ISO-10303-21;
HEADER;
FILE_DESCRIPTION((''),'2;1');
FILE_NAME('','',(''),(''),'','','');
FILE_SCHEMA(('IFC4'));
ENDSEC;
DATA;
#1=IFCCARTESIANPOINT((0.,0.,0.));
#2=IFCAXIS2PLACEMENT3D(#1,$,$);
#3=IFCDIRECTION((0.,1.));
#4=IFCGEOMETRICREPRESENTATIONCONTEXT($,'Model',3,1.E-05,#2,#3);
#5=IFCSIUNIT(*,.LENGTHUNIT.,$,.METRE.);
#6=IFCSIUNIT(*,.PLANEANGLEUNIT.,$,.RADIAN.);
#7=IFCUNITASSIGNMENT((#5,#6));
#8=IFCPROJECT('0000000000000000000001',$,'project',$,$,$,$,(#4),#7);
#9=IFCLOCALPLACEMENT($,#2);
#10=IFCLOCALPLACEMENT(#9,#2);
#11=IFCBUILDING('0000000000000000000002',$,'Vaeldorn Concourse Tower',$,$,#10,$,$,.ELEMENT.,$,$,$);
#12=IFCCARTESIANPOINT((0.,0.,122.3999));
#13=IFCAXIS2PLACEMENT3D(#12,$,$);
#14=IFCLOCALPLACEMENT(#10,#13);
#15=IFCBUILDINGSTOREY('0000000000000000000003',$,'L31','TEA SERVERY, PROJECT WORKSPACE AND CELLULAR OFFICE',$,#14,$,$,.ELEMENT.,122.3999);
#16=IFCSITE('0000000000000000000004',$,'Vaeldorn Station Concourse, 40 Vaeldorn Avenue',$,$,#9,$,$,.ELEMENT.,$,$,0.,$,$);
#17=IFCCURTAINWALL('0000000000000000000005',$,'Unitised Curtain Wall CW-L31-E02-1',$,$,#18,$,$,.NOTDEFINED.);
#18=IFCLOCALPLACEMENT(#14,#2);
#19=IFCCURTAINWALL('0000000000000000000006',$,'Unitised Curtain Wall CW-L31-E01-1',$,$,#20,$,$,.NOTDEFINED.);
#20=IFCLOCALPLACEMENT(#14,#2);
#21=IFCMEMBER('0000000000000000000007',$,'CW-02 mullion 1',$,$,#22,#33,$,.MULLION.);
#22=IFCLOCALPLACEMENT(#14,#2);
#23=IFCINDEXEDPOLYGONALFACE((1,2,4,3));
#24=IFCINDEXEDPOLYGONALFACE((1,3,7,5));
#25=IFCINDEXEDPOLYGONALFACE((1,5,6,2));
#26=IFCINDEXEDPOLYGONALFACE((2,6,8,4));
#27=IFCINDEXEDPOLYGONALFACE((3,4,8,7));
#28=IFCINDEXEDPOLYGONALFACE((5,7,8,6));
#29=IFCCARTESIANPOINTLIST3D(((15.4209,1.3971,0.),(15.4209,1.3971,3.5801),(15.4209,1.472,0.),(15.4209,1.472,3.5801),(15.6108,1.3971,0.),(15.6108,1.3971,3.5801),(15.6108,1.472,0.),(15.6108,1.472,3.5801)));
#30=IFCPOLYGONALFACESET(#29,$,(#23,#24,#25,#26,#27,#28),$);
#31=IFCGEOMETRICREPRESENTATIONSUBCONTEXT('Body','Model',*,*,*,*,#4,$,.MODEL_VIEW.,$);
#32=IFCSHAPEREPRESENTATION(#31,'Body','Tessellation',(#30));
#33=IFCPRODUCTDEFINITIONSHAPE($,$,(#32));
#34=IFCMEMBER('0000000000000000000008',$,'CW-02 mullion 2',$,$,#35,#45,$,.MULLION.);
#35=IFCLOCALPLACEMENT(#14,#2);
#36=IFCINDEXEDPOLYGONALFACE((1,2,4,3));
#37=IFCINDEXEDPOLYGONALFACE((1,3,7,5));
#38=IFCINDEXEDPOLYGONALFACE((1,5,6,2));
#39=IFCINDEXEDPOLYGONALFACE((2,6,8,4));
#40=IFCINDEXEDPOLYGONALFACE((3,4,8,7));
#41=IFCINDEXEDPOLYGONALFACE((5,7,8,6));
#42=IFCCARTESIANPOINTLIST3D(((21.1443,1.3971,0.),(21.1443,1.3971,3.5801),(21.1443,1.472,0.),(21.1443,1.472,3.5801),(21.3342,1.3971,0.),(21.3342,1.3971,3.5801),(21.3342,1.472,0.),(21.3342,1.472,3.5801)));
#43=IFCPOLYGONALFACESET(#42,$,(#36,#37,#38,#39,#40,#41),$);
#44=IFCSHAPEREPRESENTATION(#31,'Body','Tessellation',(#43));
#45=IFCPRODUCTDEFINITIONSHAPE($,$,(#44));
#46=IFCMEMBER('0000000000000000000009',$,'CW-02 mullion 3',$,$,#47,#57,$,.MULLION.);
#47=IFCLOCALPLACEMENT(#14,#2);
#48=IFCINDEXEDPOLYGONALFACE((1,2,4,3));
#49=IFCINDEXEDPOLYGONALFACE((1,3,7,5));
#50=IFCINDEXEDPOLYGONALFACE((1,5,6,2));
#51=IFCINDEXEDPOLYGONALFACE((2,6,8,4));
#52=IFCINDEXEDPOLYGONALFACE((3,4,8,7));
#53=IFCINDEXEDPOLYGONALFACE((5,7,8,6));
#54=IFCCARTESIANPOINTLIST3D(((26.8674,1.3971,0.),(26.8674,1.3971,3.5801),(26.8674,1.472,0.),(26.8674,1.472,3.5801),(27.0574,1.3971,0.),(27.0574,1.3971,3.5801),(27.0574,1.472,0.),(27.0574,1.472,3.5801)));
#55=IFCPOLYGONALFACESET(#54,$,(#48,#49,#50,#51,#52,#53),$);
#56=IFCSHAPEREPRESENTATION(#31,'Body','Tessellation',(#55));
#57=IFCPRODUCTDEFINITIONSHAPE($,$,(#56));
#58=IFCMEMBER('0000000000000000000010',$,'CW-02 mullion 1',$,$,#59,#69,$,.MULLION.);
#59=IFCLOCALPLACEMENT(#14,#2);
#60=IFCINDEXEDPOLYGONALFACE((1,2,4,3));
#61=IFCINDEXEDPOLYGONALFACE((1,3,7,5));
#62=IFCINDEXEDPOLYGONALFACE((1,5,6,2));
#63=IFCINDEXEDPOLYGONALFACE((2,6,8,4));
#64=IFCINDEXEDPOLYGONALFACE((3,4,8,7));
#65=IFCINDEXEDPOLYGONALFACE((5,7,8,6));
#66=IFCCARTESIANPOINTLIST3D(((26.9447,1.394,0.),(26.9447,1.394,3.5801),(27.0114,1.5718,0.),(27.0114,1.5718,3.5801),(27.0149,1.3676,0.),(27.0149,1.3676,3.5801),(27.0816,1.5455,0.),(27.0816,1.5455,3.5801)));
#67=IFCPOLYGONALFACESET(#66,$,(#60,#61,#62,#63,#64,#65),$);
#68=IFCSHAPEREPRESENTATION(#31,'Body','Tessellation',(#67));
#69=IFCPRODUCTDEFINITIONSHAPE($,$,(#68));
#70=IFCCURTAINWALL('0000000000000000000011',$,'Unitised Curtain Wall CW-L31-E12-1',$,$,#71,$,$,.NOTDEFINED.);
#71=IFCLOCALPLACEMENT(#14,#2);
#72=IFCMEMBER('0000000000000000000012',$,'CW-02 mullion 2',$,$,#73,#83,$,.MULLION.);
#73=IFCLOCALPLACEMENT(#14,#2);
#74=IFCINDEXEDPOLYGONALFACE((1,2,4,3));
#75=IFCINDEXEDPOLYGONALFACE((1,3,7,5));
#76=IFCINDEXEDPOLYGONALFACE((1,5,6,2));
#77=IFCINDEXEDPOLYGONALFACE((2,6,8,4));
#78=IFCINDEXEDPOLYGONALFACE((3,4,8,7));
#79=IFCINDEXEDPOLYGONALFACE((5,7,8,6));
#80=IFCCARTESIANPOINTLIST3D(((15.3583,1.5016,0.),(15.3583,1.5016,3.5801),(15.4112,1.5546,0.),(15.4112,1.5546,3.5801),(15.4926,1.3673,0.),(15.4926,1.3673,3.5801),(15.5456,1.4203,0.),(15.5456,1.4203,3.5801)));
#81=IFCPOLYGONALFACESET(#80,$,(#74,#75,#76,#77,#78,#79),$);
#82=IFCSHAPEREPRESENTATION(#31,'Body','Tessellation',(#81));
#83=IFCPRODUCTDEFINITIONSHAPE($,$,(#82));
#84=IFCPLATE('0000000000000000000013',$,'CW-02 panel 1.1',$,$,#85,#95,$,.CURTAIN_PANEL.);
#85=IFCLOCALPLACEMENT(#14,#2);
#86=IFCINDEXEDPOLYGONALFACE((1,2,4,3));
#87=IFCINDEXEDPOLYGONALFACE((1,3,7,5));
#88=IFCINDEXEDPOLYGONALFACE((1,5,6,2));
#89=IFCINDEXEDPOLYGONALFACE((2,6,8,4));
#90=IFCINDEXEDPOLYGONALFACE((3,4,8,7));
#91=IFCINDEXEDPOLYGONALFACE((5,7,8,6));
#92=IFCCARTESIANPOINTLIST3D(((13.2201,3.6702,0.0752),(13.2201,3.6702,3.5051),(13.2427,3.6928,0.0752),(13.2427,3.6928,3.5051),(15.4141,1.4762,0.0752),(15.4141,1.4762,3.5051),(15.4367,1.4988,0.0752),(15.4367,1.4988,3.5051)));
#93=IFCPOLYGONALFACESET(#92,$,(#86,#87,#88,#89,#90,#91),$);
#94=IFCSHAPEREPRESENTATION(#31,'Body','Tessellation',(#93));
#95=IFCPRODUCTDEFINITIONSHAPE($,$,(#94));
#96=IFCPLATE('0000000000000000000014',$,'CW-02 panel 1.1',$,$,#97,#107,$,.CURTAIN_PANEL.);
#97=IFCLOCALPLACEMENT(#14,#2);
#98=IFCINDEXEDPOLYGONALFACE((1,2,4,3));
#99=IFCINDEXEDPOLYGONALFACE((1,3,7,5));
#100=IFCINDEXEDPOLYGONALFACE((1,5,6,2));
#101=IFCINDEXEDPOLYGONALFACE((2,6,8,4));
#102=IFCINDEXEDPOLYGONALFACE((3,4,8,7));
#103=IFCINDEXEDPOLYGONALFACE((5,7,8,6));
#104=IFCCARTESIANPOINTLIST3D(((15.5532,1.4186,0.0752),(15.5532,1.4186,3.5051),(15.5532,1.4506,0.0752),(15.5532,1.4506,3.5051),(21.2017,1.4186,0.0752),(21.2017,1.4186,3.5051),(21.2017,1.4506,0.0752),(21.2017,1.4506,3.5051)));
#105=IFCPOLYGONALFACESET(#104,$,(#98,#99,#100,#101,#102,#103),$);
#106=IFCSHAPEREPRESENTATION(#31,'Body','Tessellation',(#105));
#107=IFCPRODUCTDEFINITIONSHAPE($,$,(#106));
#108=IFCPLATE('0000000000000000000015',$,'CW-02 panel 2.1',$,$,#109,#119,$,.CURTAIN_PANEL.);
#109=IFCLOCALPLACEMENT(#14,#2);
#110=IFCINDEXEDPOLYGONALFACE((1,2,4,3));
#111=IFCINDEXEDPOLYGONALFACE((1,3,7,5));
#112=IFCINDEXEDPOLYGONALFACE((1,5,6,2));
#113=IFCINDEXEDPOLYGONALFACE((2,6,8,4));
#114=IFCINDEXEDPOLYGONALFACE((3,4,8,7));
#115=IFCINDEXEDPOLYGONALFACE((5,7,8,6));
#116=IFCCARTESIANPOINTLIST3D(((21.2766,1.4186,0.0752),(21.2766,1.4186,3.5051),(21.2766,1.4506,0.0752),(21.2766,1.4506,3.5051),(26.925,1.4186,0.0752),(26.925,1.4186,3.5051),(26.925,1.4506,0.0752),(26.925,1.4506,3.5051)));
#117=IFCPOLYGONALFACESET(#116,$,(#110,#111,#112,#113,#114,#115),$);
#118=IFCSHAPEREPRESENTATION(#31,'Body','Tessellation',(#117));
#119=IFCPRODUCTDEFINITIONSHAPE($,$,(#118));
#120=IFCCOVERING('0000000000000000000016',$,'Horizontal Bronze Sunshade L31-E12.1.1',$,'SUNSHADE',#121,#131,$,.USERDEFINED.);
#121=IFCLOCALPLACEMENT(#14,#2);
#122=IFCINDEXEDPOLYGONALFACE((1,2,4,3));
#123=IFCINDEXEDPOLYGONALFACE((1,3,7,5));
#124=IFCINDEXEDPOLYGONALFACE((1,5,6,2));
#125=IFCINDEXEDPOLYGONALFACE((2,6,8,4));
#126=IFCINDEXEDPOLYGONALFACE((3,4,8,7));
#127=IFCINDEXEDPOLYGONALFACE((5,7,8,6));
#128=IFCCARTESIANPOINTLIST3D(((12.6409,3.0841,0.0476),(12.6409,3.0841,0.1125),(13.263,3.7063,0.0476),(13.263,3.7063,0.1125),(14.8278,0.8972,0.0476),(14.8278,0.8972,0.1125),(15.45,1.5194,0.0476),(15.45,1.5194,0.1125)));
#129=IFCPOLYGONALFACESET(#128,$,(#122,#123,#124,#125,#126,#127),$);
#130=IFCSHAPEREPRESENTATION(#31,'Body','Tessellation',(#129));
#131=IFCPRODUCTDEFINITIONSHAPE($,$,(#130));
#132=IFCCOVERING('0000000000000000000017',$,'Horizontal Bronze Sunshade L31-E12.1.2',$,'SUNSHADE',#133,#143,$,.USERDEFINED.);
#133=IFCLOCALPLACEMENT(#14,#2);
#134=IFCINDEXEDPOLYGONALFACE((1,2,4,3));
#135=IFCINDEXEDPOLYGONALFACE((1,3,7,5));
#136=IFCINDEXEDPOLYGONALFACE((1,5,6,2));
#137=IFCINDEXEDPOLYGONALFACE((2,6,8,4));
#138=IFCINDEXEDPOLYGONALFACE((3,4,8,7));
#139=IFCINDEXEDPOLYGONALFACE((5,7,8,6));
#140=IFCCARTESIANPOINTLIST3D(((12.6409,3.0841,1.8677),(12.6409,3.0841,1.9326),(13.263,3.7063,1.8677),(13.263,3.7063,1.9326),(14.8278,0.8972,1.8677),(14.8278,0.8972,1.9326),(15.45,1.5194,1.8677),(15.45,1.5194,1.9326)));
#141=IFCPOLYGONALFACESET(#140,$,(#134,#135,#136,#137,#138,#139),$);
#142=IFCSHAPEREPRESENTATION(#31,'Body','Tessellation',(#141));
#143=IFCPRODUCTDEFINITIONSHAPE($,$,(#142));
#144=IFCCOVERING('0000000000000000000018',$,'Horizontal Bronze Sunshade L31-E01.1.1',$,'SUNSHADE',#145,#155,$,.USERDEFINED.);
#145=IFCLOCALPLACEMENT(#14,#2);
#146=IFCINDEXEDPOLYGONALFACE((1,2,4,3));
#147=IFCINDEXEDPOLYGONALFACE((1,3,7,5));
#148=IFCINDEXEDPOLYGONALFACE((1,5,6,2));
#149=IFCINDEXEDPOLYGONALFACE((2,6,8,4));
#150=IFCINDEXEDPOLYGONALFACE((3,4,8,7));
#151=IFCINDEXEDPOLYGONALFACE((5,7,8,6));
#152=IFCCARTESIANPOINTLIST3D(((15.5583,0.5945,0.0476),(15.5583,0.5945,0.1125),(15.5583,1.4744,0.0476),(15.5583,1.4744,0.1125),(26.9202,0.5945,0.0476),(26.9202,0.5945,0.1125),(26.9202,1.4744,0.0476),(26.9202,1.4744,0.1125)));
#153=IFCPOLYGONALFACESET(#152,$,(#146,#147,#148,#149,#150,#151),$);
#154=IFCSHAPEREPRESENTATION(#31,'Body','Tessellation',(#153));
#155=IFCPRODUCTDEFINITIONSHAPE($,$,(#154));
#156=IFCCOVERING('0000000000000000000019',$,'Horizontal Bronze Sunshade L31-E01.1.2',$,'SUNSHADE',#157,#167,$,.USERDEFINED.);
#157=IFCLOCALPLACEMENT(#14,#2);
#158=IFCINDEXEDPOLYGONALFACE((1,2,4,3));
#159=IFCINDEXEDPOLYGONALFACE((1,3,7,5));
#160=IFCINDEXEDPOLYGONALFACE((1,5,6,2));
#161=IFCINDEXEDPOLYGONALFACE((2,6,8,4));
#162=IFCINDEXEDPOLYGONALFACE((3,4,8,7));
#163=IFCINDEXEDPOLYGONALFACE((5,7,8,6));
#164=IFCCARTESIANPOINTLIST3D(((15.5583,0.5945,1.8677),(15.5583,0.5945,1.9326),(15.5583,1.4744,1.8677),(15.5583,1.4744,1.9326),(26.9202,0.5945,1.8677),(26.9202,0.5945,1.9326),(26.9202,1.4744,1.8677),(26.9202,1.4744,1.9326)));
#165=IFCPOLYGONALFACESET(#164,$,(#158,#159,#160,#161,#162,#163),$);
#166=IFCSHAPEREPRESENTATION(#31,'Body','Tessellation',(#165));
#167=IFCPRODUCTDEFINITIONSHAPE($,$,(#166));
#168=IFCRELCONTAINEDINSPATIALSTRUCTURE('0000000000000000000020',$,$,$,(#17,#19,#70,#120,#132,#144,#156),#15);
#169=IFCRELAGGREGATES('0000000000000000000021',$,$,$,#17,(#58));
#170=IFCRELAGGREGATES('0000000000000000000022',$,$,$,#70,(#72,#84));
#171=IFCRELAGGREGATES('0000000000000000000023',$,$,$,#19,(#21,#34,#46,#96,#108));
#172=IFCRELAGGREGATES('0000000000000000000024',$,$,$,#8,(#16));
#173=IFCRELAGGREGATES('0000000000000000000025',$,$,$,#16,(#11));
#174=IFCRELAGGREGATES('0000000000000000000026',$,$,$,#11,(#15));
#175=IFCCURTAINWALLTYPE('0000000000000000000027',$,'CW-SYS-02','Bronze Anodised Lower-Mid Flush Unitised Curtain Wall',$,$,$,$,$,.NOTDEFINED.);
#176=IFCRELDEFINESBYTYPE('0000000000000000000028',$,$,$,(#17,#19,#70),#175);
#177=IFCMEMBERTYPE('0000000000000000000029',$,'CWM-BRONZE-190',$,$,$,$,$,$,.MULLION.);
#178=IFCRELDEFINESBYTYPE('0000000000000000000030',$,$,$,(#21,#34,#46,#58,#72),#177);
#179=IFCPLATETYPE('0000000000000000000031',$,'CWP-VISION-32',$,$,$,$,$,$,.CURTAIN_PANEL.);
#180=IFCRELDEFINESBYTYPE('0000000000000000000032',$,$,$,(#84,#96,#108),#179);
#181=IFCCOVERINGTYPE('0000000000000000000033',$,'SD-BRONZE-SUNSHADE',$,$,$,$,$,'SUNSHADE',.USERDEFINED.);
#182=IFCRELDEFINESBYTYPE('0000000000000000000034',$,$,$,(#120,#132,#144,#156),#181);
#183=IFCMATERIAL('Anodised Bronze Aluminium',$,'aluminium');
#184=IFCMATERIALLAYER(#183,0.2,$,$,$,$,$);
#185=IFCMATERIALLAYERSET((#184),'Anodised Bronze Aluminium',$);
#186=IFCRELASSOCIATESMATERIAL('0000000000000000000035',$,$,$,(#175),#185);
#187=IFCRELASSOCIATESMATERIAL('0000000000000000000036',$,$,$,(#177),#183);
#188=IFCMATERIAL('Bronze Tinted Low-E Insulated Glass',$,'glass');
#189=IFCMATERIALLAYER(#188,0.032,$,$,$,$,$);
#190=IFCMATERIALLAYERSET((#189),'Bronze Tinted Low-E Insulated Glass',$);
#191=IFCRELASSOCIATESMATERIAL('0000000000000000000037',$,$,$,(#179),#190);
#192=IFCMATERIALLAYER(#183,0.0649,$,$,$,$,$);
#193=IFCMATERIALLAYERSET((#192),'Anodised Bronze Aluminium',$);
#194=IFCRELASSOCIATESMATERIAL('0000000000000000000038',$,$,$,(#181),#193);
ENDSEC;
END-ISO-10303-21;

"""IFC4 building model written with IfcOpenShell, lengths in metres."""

from ifc_helpers import new_model, si_unit, direction, frame, origin, origin_2d, place, context, subcontext, project, spatial, rectangle, extrude, source, transform, mapped, material, layer, layer_set, material_profile, profile_set, type_object, element, aggregate, save


model = new_model("IFC4")

# Units and contexts
model_context = context("Model", 3, precision=1e-05, world=origin(), true_north=direction((0.0, 1.0)))
body_context = subcontext(model_context, "Body", "Model", "MODEL_VIEW")
ifc_project = project(units=[si_unit("LENGTHUNIT", "METRE"), si_unit("PLANEANGLEUNIT", "RADIAN")], contexts=[model_context])

# Site, building, storey
site_placement = place(None, origin())
site = spatial("IfcSite", under=ifc_project, at=site_placement, Name="Vaeldorn Station Concourse, 40 Vaeldorn Avenue", CompositionType="ELEMENT", RefElevation=0.0)
building_placement = place(site_placement, origin())
building = spatial("IfcBuilding", under=site, at=building_placement, Name="Vaeldorn Concourse Tower", CompositionType="ELEMENT")
storey_placement = place(building_placement, frame((0.0, 0.0, 122.3999)))
storey = spatial("IfcBuildingStorey", under=building, at=storey_placement, Name="L31", Description="TEA SERVERY, PROJECT WORKSPACE AND CELLULAR OFFICE", CompositionType="ELEMENT", Elevation=122.3999)

# Curtain walls, members
ifc_material_1 = material(Name="Anodised Bronze Aluminium", Category="aluminium")
ifc_layer_1 = layer(ifc_material_1, 0.2)
ifc_layer_set_1 = layer_set([ifc_layer_1], Name="Anodised Bronze Aluminium")
curtain_wall_type = type_object("IfcCurtainWallType", Name="CW-SYS-02", Description="Bronze Anodised Lower-Mid Flush Unitised Curtain Wall", PredefinedType="NOTDEFINED", material=ifc_layer_set_1)
curtain_wall_1_placement = place(storey_placement, origin())
curtain_wall_1 = element("IfcCurtainWall", 1, at=curtain_wall_1_placement, inside=storey, type_object=curtain_wall_type, Name="Unitised Curtain Wall CW-L31-E02-1", PredefinedType="NOTDEFINED")
curtain_wall_2_placement = place(storey_placement, origin())
curtain_wall_2 = element("IfcCurtainWall", 2, at=curtain_wall_2_placement, inside=storey, type_object=curtain_wall_type, Name="Unitised Curtain Wall CW-L31-E01-1", PredefinedType="NOTDEFINED")
ifc_material_profile_1 = material_profile(ifc_material_1, rectangle(XDim=0.075, YDim=0.1899, at=origin_2d()), Name="CWM 75x190")
ifc_profile_set_1 = profile_set([ifc_material_profile_1], Name="Anodised Bronze Aluminium")
member_type_1 = type_object("IfcMemberType", Name="CWM-BRONZE-190", PredefinedType="MULLION", material=ifc_profile_set_1)
shared_shape_1 = source(origin(), body_context, "Body", "SweptSolid", [
    extrude(rectangle(XDim=0.075, YDim=0.1899, at=origin_2d()), origin(), (0.0, 0.0, 1.0), 3.5801),
])
member_1_placement = place(storey_placement, frame((15.5159, 1.4346, 0.0), z_axis=(0.0, 0.0, 1.0), x_axis=(0.0, 1.0, 0.0)))
member_1 = element("IfcMember", 3, at=member_1_placement, type_object=member_type_1, Name="CW-02 mullion 1", PredefinedType="MULLION", context=body_context, shape_type="MappedRepresentation", body=[
    mapped(shared_shape_1, transform((0.0, 0.0, 0.0), scale=1.0)),
])
member_2_placement = place(storey_placement, frame((21.2393, 1.4346, 0.0), z_axis=(0.0, 0.0, 1.0), x_axis=(0.0, 1.0, 0.0)))
member_2 = element("IfcMember", 4, at=member_2_placement, type_object=member_type_1, Name="CW-02 mullion 2", PredefinedType="MULLION", context=body_context, shape_type="MappedRepresentation", body=[
    mapped(shared_shape_1, transform((0.0, 0.0, 0.0), scale=1.0)),
])
member_3_placement = place(storey_placement, frame((26.9624, 1.4346, 0.0), z_axis=(0.0, 0.0, 1.0), x_axis=(0.0, 1.0, 0.0)))
member_3 = element("IfcMember", 5, at=member_3_placement, type_object=member_type_1, Name="CW-02 mullion 3", PredefinedType="MULLION", context=body_context, shape_type="MappedRepresentation", body=[
    mapped(shared_shape_1, transform((0.0, 0.0, 0.0), scale=1.0)),
])

# Member
member_4_placement = place(storey_placement, frame((27.0132, 1.4697, 0.0), z_axis=(0.0, 0.0, 1.0), x_axis=(-0.936329, 0.351123, 0.0)))
member_4 = element("IfcMember", 6, at=member_4_placement, type_object=member_type_1, Name="CW-02 mullion 1", PredefinedType="MULLION", context=body_context, shape_type="MappedRepresentation", body=[
    mapped(shared_shape_1, transform((0.0, 0.0, 0.0), scale=1.0)),
])
aggregate(curtain_wall_1, [member_4])

# Curtain wall, member, plate
curtain_wall_3_placement = place(storey_placement, origin())
curtain_wall_3 = element("IfcCurtainWall", 7, at=curtain_wall_3_placement, inside=storey, type_object=curtain_wall_type, Name="Unitised Curtain Wall CW-L31-E12-1", PredefinedType="NOTDEFINED")
member_5_placement = place(storey_placement, frame((15.4519, 1.4609, 0.0), z_axis=(0.0, 0.0, 1.0), x_axis=(0.707107, 0.707107, 0.0)))
member_5 = element("IfcMember", 8, at=member_5_placement, type_object=member_type_1, Name="CW-02 mullion 2", PredefinedType="MULLION", context=body_context, shape_type="MappedRepresentation", body=[
    mapped(shared_shape_1, transform((0.0, 0.0, 0.0), scale=1.0)),
])
ifc_material_2 = material(Name="Bronze Tinted Low-E Insulated Glass", Category="glass")
ifc_layer_2 = layer(ifc_material_2, 0.032)
ifc_layer_set_2 = layer_set([ifc_layer_2], Name="Bronze Tinted Low-E Insulated Glass")
plate_type = type_object("IfcPlateType", Name="CWP-VISION-32", PredefinedType="CURTAIN_PANEL", material=ifc_layer_set_2)
shared_shape_2 = source(origin(), body_context, "Body", "SweptSolid", [
    extrude(rectangle(XDim=3.1028, YDim=0.032, at=origin_2d()), origin(), (0.0, 0.0, 1.0), 3.4299),
])
plate_1_placement = place(storey_placement, frame((14.3284, 2.5845, 0.0752), z_axis=(0.0, 0.0, 1.0), x_axis=(0.707107, -0.707107, 0.0)))
plate_1 = element("IfcPlate", 9, at=plate_1_placement, type_object=plate_type, Name="CW-02 panel 1.1", PredefinedType="CURTAIN_PANEL", context=body_context, shape_type="MappedRepresentation", body=[
    mapped(shared_shape_2, transform((0.0, 0.0, 0.0), scale=1.0)),
])
aggregate(curtain_wall_3, [member_5, plate_1])

# Plates
shared_shape_3 = source(origin(), body_context, "Body", "SweptSolid", [
    extrude(rectangle(XDim=5.6484, YDim=0.032, at=origin_2d()), origin(), (0.0, 0.0, 1.0), 3.4299),
])
plate_2_placement = place(storey_placement, frame((18.3774, 1.4346, 0.0752), z_axis=(0.0, 0.0, 1.0), x_axis=(1.0, 0.0, 0.0)))
plate_2 = element("IfcPlate", 10, at=plate_2_placement, type_object=plate_type, Name="CW-02 panel 1.1", PredefinedType="CURTAIN_PANEL", context=body_context, shape_type="MappedRepresentation", body=[
    mapped(shared_shape_3, transform((0.0, 0.0, 0.0), scale=1.0)),
])
plate_3_placement = place(storey_placement, frame((24.1008, 1.4346, 0.0752), z_axis=(0.0, 0.0, 1.0), x_axis=(1.0, 0.0, 0.0)))
plate_3 = element("IfcPlate", 11, at=plate_3_placement, type_object=plate_type, Name="CW-02 panel 2.1", PredefinedType="CURTAIN_PANEL", context=body_context, shape_type="MappedRepresentation", body=[
    mapped(shared_shape_3, transform((0.0, 0.0, 0.0), scale=1.0)),
])
aggregate(curtain_wall_2, [member_1, member_2, member_3, plate_2, plate_3])

# Coverings
ifc_layer_3 = layer(ifc_material_1, 0.0649)
ifc_layer_set_3 = layer_set([ifc_layer_3], Name="Anodised Bronze Aluminium")
covering_type = type_object("IfcCoveringType", Name="SD-BRONZE-SUNSHADE", ElementType="SUNSHADE", PredefinedType="USERDEFINED", material=ifc_layer_set_3)
shared_shape_4 = source(origin(), body_context, "Body", "SweptSolid", [
    extrude(rectangle(XDim=3.0928, YDim=0.8799, at=origin_2d()), origin(), (0.0, 0.0, 1.0), 0.0649),
])
for number, where, z_axis, x_axis, name in (
    (12, (14.0454, 2.3018, 0.0476), (0.0, 0.0, 1.0), (0.707107, -0.707107, 0.0), "Horizontal Bronze Sunshade L31-E12.1.1"),
    (13, (14.0454, 2.3018, 1.8677), (0.0, 0.0, 1.0), (0.707107, -0.707107, 0.0), "Horizontal Bronze Sunshade L31-E12.1.2"),
):
    element("IfcCovering", number, at=place(storey_placement, frame(where, z_axis=z_axis, x_axis=x_axis)), inside=storey, type_object=covering_type, Name=name, ObjectType="SUNSHADE", PredefinedType="USERDEFINED", context=body_context, shape_type="MappedRepresentation", body=[
        mapped(shared_shape_4, transform((0.0, 0.0, 0.0), scale=1.0)),
    ])
shared_shape_5 = source(origin(), body_context, "Body", "SweptSolid", [
    extrude(rectangle(XDim=11.3618, YDim=0.8799, at=origin_2d()), origin(), (0.0, 0.0, 1.0), 0.0649),
])
for number, where, z_axis, x_axis, name in (
    (14, (21.2393, 1.0344, 0.0476), (0.0, 0.0, 1.0), (1.0, 0.0, 0.0), "Horizontal Bronze Sunshade L31-E01.1.1"),
    (15, (21.2393, 1.0344, 1.8677), (0.0, 0.0, 1.0), (1.0, 0.0, 0.0), "Horizontal Bronze Sunshade L31-E01.1.2"),
):
    element("IfcCovering", number, at=place(storey_placement, frame(where, z_axis=z_axis, x_axis=x_axis)), inside=storey, type_object=covering_type, Name=name, ObjectType="SUNSHADE", PredefinedType="USERDEFINED", context=body_context, shape_type="MappedRepresentation", body=[
        mapped(shared_shape_5, transform((0.0, 0.0, 0.0), scale=1.0)),
    ])

save(model, "model.ifc")
